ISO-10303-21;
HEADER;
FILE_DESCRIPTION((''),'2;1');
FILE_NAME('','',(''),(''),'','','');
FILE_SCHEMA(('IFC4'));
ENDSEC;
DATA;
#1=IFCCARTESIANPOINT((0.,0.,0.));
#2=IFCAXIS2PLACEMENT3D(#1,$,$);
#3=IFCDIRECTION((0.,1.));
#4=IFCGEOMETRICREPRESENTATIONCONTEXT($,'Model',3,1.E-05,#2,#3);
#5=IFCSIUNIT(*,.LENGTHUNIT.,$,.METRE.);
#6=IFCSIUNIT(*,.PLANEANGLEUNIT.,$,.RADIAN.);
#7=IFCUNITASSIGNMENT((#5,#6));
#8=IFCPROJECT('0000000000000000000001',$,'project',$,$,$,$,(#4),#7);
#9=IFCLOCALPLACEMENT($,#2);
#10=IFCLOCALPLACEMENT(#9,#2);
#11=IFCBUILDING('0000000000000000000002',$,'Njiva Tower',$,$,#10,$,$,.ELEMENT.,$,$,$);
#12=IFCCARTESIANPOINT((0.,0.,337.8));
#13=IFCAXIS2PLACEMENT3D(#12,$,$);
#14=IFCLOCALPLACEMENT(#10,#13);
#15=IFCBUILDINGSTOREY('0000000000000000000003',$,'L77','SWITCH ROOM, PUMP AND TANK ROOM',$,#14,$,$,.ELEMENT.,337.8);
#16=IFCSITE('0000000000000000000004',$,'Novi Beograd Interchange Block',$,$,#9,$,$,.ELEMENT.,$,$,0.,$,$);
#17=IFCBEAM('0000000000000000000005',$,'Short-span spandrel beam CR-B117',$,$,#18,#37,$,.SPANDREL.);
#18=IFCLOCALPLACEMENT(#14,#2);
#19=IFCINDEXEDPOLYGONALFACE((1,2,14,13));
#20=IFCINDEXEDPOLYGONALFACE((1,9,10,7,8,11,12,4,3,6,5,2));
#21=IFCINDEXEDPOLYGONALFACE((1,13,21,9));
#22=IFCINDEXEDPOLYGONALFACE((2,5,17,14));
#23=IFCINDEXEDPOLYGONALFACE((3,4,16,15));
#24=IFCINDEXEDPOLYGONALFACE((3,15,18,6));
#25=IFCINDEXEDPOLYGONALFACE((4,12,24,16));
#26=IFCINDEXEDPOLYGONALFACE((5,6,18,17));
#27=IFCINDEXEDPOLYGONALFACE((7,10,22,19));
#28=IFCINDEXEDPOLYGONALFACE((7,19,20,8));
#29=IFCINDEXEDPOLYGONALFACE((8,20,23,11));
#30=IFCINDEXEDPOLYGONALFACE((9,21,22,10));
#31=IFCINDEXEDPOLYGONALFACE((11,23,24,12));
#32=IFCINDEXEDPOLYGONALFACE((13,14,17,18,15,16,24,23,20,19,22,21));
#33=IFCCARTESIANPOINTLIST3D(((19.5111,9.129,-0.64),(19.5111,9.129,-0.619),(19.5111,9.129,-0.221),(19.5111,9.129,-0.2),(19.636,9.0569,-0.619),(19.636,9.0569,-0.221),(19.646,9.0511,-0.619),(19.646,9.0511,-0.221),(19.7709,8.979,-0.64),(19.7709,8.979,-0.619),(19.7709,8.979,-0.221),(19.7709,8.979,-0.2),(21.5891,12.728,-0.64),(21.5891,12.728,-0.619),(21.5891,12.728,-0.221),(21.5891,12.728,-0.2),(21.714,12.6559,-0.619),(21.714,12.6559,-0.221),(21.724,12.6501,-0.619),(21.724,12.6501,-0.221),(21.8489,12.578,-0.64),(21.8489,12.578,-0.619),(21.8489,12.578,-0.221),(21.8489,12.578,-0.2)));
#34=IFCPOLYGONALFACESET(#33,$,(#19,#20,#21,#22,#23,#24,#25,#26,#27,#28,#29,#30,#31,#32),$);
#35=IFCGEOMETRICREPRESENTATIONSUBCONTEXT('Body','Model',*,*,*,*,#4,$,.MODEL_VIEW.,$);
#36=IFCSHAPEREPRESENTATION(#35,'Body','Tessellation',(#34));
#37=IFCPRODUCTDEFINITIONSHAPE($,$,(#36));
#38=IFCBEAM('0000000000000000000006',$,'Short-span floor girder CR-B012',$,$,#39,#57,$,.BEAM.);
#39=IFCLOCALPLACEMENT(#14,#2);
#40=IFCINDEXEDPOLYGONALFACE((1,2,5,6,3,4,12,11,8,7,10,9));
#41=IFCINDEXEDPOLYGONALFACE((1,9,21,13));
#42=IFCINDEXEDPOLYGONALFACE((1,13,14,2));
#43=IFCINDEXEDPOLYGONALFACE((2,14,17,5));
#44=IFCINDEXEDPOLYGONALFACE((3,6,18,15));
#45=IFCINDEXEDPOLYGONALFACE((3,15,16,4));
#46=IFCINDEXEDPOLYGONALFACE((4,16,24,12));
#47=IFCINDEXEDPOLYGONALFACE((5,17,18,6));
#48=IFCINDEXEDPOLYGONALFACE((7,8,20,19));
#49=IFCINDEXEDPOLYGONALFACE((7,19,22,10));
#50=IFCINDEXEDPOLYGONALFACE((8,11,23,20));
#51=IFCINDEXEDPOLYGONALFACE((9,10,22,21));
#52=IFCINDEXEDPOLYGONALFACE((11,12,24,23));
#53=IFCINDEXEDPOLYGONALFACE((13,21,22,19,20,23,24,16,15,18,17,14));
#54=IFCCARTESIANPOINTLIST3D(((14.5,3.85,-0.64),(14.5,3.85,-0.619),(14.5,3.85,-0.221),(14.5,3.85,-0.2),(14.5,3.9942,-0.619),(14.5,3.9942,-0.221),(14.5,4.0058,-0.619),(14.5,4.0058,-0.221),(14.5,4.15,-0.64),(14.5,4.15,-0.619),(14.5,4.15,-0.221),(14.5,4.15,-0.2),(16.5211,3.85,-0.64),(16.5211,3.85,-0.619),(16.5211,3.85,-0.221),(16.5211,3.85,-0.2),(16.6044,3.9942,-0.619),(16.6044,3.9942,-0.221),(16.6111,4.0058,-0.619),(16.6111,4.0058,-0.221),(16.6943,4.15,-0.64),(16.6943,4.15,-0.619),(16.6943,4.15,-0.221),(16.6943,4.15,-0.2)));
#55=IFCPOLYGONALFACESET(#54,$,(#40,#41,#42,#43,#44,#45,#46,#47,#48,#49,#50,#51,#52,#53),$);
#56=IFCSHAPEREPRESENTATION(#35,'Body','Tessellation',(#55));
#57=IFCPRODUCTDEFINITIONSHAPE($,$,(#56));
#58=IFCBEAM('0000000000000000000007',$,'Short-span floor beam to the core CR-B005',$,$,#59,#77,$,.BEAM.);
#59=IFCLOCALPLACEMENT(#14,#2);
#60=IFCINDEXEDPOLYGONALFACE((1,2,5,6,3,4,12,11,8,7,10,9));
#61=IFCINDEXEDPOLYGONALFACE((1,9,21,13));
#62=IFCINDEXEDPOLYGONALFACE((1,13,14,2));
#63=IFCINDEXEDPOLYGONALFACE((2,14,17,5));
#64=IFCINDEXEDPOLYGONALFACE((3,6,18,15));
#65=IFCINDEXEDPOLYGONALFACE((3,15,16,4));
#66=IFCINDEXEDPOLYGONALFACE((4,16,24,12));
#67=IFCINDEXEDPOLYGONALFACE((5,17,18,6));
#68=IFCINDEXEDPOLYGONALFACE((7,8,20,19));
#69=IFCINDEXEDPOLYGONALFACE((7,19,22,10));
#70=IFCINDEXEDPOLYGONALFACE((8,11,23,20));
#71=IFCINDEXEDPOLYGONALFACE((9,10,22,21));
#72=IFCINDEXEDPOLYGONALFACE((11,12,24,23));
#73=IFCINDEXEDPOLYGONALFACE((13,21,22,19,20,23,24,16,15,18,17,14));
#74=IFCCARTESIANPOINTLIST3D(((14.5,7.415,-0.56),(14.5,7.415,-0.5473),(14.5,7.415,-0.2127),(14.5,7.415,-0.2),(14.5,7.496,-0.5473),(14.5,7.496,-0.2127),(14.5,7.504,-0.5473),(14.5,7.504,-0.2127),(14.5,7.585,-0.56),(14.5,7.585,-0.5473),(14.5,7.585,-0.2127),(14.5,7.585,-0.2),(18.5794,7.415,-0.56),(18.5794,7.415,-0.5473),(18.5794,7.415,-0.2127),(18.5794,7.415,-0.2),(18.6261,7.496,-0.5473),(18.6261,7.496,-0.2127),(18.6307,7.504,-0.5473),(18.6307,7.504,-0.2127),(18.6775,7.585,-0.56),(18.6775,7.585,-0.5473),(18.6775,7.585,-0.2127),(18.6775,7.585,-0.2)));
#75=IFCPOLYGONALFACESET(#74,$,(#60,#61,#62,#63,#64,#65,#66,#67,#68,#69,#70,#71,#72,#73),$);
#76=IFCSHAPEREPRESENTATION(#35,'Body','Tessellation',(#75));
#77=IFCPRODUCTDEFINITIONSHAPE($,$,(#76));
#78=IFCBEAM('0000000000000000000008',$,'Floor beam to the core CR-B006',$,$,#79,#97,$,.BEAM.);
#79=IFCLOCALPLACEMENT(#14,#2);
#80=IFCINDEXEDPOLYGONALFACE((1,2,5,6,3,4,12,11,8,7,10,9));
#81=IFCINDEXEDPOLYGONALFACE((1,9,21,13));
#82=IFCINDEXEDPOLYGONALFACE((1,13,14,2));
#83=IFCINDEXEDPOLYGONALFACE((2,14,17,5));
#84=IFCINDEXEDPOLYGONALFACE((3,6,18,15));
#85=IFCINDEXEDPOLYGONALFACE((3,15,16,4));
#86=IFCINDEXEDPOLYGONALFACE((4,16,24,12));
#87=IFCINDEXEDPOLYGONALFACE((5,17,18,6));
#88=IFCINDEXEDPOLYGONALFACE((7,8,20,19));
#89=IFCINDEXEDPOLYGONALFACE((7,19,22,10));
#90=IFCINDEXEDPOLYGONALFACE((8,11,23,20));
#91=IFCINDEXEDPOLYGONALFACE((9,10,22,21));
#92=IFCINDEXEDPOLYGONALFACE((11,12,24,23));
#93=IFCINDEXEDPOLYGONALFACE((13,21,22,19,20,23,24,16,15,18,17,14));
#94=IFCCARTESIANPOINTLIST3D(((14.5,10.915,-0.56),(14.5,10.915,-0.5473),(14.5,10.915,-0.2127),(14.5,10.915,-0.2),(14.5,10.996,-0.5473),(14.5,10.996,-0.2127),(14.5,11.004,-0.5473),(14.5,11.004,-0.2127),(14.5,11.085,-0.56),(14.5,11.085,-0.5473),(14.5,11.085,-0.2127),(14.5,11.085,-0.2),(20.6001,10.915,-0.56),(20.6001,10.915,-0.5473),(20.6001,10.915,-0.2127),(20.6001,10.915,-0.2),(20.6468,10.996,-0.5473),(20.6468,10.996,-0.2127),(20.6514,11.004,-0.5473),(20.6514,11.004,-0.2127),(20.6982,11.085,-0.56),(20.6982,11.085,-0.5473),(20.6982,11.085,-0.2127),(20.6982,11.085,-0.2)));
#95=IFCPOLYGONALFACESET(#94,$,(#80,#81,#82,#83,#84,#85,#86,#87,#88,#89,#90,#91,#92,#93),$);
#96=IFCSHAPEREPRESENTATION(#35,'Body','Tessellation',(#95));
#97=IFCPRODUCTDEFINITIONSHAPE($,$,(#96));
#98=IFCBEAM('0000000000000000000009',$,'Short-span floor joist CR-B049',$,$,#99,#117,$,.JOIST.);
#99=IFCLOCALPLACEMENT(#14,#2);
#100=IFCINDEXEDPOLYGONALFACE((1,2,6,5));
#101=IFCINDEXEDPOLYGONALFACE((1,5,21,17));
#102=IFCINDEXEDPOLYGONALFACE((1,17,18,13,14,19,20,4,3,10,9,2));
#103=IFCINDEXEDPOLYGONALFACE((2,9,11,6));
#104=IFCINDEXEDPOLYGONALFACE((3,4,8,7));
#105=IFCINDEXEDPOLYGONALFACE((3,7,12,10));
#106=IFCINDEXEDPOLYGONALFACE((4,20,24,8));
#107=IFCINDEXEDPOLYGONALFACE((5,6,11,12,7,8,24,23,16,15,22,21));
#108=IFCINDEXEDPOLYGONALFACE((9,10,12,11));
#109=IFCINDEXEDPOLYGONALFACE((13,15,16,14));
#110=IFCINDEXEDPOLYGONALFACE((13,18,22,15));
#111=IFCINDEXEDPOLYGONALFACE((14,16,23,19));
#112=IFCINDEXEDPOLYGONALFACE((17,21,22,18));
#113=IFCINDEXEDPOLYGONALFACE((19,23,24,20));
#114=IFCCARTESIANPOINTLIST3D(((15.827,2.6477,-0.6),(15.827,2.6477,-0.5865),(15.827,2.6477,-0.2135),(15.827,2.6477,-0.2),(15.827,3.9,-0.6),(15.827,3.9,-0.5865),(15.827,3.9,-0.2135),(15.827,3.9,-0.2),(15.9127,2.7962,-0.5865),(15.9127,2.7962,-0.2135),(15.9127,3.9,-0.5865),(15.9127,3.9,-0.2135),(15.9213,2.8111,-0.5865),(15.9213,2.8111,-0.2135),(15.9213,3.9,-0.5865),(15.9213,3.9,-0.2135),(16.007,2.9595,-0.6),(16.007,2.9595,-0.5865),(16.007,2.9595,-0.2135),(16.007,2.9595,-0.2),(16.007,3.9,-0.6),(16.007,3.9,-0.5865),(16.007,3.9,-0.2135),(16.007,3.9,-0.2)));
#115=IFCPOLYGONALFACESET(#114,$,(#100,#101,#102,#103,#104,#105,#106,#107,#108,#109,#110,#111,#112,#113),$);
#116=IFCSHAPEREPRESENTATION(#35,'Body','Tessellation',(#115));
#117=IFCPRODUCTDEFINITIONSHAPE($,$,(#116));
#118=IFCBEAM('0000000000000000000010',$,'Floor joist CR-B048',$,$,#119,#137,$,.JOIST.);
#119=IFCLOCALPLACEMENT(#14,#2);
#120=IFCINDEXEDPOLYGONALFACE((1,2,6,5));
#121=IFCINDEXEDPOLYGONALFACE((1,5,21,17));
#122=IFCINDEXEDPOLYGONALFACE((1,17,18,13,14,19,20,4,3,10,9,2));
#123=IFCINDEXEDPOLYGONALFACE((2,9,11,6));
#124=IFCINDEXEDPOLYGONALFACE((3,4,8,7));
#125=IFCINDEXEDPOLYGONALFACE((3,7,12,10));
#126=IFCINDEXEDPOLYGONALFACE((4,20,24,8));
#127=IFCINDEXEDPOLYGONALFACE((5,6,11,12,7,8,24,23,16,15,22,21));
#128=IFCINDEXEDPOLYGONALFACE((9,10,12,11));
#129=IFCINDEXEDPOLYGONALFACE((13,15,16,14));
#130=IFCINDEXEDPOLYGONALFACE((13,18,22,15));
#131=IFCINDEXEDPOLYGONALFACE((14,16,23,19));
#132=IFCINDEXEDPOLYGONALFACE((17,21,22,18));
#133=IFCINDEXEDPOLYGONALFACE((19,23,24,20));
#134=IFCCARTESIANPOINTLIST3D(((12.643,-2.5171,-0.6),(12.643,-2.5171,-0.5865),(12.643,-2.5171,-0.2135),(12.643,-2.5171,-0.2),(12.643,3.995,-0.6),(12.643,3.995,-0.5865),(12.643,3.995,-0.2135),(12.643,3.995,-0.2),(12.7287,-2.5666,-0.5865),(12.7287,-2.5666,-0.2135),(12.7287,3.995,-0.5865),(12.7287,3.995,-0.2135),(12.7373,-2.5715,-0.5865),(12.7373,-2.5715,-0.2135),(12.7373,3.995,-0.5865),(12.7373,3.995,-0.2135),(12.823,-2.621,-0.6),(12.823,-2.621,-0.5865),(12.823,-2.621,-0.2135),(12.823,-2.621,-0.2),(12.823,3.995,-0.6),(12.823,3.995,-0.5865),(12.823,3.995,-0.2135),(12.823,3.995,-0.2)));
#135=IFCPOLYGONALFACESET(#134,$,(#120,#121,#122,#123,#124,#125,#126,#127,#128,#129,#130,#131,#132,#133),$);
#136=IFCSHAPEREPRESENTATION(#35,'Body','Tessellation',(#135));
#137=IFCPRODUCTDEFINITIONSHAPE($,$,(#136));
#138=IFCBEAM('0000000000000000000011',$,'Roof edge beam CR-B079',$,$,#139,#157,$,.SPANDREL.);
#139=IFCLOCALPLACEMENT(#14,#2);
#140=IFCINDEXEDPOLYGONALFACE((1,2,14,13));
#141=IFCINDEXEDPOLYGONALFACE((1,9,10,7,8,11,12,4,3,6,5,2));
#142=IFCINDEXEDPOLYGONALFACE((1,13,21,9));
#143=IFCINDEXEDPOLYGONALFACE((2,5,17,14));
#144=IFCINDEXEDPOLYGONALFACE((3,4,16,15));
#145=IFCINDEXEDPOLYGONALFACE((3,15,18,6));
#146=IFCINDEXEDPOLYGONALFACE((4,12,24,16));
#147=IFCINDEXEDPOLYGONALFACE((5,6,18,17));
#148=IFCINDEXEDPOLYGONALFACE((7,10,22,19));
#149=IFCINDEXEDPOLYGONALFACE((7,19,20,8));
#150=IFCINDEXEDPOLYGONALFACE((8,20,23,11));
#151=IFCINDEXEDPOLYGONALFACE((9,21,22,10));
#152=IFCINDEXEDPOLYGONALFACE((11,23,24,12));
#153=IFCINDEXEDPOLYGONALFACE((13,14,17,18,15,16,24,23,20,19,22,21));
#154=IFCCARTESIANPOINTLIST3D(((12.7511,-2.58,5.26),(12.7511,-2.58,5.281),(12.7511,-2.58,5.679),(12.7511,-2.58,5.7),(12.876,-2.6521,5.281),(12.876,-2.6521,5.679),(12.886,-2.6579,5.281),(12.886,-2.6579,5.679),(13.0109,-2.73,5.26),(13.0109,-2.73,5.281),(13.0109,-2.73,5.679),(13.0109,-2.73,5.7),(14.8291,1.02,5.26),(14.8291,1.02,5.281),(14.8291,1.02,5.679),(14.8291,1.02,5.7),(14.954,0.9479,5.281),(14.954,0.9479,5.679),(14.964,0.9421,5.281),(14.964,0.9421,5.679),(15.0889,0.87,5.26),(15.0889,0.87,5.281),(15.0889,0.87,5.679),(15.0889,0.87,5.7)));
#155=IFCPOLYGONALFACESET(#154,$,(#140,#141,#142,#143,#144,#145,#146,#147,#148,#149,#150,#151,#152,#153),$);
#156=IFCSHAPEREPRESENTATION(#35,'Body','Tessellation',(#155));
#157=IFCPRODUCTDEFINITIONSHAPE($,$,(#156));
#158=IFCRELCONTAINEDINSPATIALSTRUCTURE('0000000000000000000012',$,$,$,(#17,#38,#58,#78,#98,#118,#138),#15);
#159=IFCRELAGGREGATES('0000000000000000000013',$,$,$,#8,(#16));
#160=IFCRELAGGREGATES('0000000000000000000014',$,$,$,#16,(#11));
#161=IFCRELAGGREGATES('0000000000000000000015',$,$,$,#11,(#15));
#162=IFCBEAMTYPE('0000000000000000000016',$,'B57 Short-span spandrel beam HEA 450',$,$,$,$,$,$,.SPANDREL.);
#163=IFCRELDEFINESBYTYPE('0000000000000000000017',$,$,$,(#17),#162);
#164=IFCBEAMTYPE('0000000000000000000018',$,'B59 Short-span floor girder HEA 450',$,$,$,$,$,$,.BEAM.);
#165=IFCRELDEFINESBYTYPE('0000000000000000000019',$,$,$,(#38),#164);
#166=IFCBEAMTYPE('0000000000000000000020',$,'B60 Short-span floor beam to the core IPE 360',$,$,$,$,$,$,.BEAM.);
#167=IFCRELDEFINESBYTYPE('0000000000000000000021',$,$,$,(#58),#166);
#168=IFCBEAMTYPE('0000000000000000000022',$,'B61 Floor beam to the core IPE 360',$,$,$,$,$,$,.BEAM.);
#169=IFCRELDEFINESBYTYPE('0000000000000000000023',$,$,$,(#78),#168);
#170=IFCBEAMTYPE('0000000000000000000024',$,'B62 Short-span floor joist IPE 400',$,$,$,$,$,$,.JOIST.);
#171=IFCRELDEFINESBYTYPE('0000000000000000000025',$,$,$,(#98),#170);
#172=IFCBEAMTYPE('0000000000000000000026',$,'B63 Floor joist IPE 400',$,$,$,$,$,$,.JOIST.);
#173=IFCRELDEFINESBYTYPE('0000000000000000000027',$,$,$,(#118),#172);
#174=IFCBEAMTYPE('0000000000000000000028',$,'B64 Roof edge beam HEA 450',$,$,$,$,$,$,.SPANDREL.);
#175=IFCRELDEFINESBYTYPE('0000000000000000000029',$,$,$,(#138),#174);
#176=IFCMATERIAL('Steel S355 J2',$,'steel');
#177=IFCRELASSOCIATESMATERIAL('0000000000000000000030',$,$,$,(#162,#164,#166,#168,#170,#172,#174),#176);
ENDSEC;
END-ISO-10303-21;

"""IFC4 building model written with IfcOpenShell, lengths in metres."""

from ifc_helpers import new_model, si_unit, direction, frame, origin, origin_2d, place, context, subcontext, project, spatial, i_section, extrude, clip, halfspace, material, material_profile, profile_set, type_object, element, save


model = new_model("IFC4")

# Units and contexts
model_context = context("Model", 3, precision=1e-05, world=origin(), true_north=direction((0.0, 1.0)))
body_context = subcontext(model_context, "Body", "Model", "MODEL_VIEW")
ifc_project = project(units=[si_unit("LENGTHUNIT", "METRE"), si_unit("PLANEANGLEUNIT", "RADIAN")], contexts=[model_context])

# Site, building, storey
site_placement = place(None, origin())
site = spatial("IfcSite", under=ifc_project, at=site_placement, Name="Novi Beograd Interchange Block", CompositionType="ELEMENT", RefElevation=0.0)
building_placement = place(site_placement, origin())
building = spatial("IfcBuilding", under=site, at=building_placement, Name="Njiva Tower", CompositionType="ELEMENT")
storey_placement = place(building_placement, frame((0.0, 0.0, 337.8)))
storey = spatial("IfcBuildingStorey", under=building, at=storey_placement, Name="L77", Description="SWITCH ROOM, PUMP AND TANK ROOM", CompositionType="ELEMENT", Elevation=337.8)

# Shared definitions
ifc_material_1 = material(Name="Steel S355 J2", Category="steel")

# Beams
ifc_material_profile_1 = material_profile(ifc_material_1, i_section(OverallWidth=0.3, OverallDepth=0.44, WebThickness=0.0115, FlangeThickness=0.021, at=origin_2d()), Name="HEA 450")
ifc_profile_set_1 = profile_set([ifc_material_profile_1], Name="Steel S355 J2")
beam_type_1 = type_object("IfcBeamType", Name="B57 Short-span spandrel beam HEA 450", PredefinedType="SPANDREL", material=ifc_profile_set_1)
beam_1_placement = place(storey_placement, frame((19.641, 9.054, -0.42), z_axis=(0.500021, 0.866013, 0.0), x_axis=(-0.866013, 0.500021, 0.0)))
element("IfcBeam", 1, at=beam_1_placement, inside=storey, type_object=beam_type_1, Name="Short-span spandrel beam CR-B117", PredefinedType="SPANDREL", context=body_context, shape_type="SweptSolid", body=[
    extrude(i_section(OverallWidth=0.3, OverallDepth=0.44, WebThickness=0.0115, FlangeThickness=0.021, at=origin_2d()), origin(), (0.0, 0.0, 1.0), 4.1558),
])
ifc_material_profile_2 = material_profile(ifc_material_1, i_section(OverallWidth=0.3, OverallDepth=0.44, WebThickness=0.0115, FlangeThickness=0.021, at=origin_2d()), Name="HEA 450")
ifc_profile_set_2 = profile_set([ifc_material_profile_2], Name="Steel S355 J2")
beam_type_2 = type_object("IfcBeamType", Name="B59 Short-span floor girder HEA 450", PredefinedType="BEAM", material=ifc_profile_set_2)
beam_2_placement = place(storey_placement, frame((14.5, 4.0, -0.42), z_axis=(1.0, 0.0, 0.0), x_axis=(0.0, 1.0, 0.0)))
element("IfcBeam", 2, at=beam_2_placement, inside=storey, type_object=beam_type_2, Name="Short-span floor girder CR-B012", PredefinedType="BEAM", context=body_context, shape_type="Clipping", body=[
    clip(extrude(i_section(OverallWidth=0.3, OverallDepth=0.44, WebThickness=0.0115, FlangeThickness=0.021, at=origin_2d()), origin(), (0.0, 0.0, 1.0), 2.215), halfspace(frame((-0.025, 0.0, 2.0933), z_axis=(-0.499998, 0.0, 0.866027), x_axis=(0.0, 1.0, 0.0)), False)),
])
ifc_material_profile_3 = material_profile(ifc_material_1, i_section(OverallWidth=0.17, OverallDepth=0.36, WebThickness=0.008, FlangeThickness=0.0127, at=origin_2d()), Name="IPE 360")
ifc_profile_set_3 = profile_set([ifc_material_profile_3], Name="Steel S355 J2")
beam_type_3 = type_object("IfcBeamType", Name="B60 Short-span floor beam to the core IPE 360", PredefinedType="BEAM", material=ifc_profile_set_3)
beam_3_placement = place(storey_placement, frame((14.5, 7.5, -0.38), z_axis=(1.0, 0.0, 0.0), x_axis=(0.0, 1.0, 0.0)))
element("IfcBeam", 3, at=beam_3_placement, inside=storey, type_object=beam_type_3, Name="Short-span floor beam to the core CR-B005", PredefinedType="BEAM", context=body_context, shape_type="Clipping", body=[
    clip(extrude(i_section(OverallWidth=0.17, OverallDepth=0.36, WebThickness=0.008, FlangeThickness=0.0127, at=origin_2d()), origin(), (0.0, 0.0, 1.0), 4.197), halfspace(frame((-0.025, 0.0, 4.114), z_axis=(-0.499998, 0.0, 0.866027), x_axis=(0.0, 1.0, 0.0)), False)),
])
ifc_material_profile_4 = material_profile(ifc_material_1, i_section(OverallWidth=0.17, OverallDepth=0.36, WebThickness=0.008, FlangeThickness=0.0127, at=origin_2d()), Name="IPE 360")
ifc_profile_set_4 = profile_set([ifc_material_profile_4], Name="Steel S355 J2")
beam_type_4 = type_object("IfcBeamType", Name="B61 Floor beam to the core IPE 360", PredefinedType="BEAM", material=ifc_profile_set_4)
beam_4_placement = place(storey_placement, frame((14.5, 11.0, -0.38), z_axis=(1.0, 0.0, 0.0), x_axis=(0.0, 1.0, 0.0)))
element("IfcBeam", 4, at=beam_4_placement, inside=storey, type_object=beam_type_4, Name="Floor beam to the core CR-B006", PredefinedType="BEAM", context=body_context, shape_type="Clipping", body=[
    clip(extrude(i_section(OverallWidth=0.17, OverallDepth=0.36, WebThickness=0.008, FlangeThickness=0.0127, at=origin_2d()), origin(), (0.0, 0.0, 1.0), 6.218), halfspace(frame((-0.025, 0.0, 6.1347), z_axis=(-0.499998, 0.0, 0.866027), x_axis=(0.0, 1.0, 0.0)), False)),
])
ifc_material_profile_5 = material_profile(ifc_material_1, i_section(OverallWidth=0.18, OverallDepth=0.4, WebThickness=0.0086, FlangeThickness=0.0135, at=origin_2d()), Name="IPE 400")
ifc_profile_set_5 = profile_set([ifc_material_profile_5], Name="Steel S355 J2")
beam_type_5 = type_object("IfcBeamType", Name="B62 Short-span floor joist IPE 400", PredefinedType="JOIST", material=ifc_profile_set_5)
beam_5_placement = place(storey_placement, frame((15.917, 3.9, -0.4), z_axis=(0.0, -1.0, 0.0), x_axis=(1.0, 0.0, 0.0)))
element("IfcBeam", 5, at=beam_5_placement, inside=storey, type_object=beam_type_5, Name="Short-span floor joist CR-B049", PredefinedType="JOIST", context=body_context, shape_type="Clipping", body=[
    clip(extrude(i_section(OverallWidth=0.18, OverallDepth=0.4, WebThickness=0.0086, FlangeThickness=0.0135, at=origin_2d()), origin(), (0.0, 0.0, 1.0), 1.273), halfspace(frame((0.043, 0.0, 1.0219), z_axis=(0.866027, 0.0, 0.499998), x_axis=(0.0, 1.0, 0.0)), False)),
])
ifc_material_profile_6 = material_profile(ifc_material_1, i_section(OverallWidth=0.18, OverallDepth=0.4, WebThickness=0.0086, FlangeThickness=0.0135, at=origin_2d()), Name="IPE 400")
ifc_profile_set_6 = profile_set([ifc_material_profile_6], Name="Steel S355 J2")
beam_type_6 = type_object("IfcBeamType", Name="B63 Floor joist IPE 400", PredefinedType="JOIST", material=ifc_profile_set_6)
beam_6_placement = place(storey_placement, frame((12.733, 3.995, -0.4), z_axis=(0.0, -1.0, 0.0), x_axis=(1.0, 0.0, 0.0)))
element("IfcBeam", 6, at=beam_6_placement, inside=storey, type_object=beam_type_6, Name="Floor joist CR-B048", PredefinedType="JOIST", context=body_context, shape_type="Clipping", body=[
    clip(extrude(i_section(OverallWidth=0.18, OverallDepth=0.4, WebThickness=0.0086, FlangeThickness=0.0135, at=origin_2d()), origin(), (0.0, 0.0, 1.0), 6.636), halfspace(frame((-0.0247, 0.0, 6.5498), z_axis=(-0.499998, 0.0, 0.866027), x_axis=(0.0, 1.0, 0.0)), False)),
])
ifc_material_profile_7 = material_profile(ifc_material_1, i_section(OverallWidth=0.3, OverallDepth=0.44, WebThickness=0.0115, FlangeThickness=0.021, at=origin_2d()), Name="HEA 450")
ifc_profile_set_7 = profile_set([ifc_material_profile_7], Name="Steel S355 J2")
beam_type_7 = type_object("IfcBeamType", Name="B64 Roof edge beam HEA 450", PredefinedType="SPANDREL", material=ifc_profile_set_7)
beam_7_placement = place(storey_placement, frame((12.881, -2.655, 5.48), z_axis=(0.499917, 0.866073, 0.0), x_axis=(-0.866073, 0.499917, 0.0)))
element("IfcBeam", 7, at=beam_7_placement, inside=storey, type_object=beam_type_7, Name="Roof edge beam CR-B079", PredefinedType="SPANDREL", context=body_context, shape_type="SweptSolid", body=[
    extrude(i_section(OverallWidth=0.3, OverallDepth=0.44, WebThickness=0.0115, FlangeThickness=0.021, at=origin_2d()), origin(), (0.0, 0.0, 1.0), 4.1567),
])

save(model, "model.ifc")
